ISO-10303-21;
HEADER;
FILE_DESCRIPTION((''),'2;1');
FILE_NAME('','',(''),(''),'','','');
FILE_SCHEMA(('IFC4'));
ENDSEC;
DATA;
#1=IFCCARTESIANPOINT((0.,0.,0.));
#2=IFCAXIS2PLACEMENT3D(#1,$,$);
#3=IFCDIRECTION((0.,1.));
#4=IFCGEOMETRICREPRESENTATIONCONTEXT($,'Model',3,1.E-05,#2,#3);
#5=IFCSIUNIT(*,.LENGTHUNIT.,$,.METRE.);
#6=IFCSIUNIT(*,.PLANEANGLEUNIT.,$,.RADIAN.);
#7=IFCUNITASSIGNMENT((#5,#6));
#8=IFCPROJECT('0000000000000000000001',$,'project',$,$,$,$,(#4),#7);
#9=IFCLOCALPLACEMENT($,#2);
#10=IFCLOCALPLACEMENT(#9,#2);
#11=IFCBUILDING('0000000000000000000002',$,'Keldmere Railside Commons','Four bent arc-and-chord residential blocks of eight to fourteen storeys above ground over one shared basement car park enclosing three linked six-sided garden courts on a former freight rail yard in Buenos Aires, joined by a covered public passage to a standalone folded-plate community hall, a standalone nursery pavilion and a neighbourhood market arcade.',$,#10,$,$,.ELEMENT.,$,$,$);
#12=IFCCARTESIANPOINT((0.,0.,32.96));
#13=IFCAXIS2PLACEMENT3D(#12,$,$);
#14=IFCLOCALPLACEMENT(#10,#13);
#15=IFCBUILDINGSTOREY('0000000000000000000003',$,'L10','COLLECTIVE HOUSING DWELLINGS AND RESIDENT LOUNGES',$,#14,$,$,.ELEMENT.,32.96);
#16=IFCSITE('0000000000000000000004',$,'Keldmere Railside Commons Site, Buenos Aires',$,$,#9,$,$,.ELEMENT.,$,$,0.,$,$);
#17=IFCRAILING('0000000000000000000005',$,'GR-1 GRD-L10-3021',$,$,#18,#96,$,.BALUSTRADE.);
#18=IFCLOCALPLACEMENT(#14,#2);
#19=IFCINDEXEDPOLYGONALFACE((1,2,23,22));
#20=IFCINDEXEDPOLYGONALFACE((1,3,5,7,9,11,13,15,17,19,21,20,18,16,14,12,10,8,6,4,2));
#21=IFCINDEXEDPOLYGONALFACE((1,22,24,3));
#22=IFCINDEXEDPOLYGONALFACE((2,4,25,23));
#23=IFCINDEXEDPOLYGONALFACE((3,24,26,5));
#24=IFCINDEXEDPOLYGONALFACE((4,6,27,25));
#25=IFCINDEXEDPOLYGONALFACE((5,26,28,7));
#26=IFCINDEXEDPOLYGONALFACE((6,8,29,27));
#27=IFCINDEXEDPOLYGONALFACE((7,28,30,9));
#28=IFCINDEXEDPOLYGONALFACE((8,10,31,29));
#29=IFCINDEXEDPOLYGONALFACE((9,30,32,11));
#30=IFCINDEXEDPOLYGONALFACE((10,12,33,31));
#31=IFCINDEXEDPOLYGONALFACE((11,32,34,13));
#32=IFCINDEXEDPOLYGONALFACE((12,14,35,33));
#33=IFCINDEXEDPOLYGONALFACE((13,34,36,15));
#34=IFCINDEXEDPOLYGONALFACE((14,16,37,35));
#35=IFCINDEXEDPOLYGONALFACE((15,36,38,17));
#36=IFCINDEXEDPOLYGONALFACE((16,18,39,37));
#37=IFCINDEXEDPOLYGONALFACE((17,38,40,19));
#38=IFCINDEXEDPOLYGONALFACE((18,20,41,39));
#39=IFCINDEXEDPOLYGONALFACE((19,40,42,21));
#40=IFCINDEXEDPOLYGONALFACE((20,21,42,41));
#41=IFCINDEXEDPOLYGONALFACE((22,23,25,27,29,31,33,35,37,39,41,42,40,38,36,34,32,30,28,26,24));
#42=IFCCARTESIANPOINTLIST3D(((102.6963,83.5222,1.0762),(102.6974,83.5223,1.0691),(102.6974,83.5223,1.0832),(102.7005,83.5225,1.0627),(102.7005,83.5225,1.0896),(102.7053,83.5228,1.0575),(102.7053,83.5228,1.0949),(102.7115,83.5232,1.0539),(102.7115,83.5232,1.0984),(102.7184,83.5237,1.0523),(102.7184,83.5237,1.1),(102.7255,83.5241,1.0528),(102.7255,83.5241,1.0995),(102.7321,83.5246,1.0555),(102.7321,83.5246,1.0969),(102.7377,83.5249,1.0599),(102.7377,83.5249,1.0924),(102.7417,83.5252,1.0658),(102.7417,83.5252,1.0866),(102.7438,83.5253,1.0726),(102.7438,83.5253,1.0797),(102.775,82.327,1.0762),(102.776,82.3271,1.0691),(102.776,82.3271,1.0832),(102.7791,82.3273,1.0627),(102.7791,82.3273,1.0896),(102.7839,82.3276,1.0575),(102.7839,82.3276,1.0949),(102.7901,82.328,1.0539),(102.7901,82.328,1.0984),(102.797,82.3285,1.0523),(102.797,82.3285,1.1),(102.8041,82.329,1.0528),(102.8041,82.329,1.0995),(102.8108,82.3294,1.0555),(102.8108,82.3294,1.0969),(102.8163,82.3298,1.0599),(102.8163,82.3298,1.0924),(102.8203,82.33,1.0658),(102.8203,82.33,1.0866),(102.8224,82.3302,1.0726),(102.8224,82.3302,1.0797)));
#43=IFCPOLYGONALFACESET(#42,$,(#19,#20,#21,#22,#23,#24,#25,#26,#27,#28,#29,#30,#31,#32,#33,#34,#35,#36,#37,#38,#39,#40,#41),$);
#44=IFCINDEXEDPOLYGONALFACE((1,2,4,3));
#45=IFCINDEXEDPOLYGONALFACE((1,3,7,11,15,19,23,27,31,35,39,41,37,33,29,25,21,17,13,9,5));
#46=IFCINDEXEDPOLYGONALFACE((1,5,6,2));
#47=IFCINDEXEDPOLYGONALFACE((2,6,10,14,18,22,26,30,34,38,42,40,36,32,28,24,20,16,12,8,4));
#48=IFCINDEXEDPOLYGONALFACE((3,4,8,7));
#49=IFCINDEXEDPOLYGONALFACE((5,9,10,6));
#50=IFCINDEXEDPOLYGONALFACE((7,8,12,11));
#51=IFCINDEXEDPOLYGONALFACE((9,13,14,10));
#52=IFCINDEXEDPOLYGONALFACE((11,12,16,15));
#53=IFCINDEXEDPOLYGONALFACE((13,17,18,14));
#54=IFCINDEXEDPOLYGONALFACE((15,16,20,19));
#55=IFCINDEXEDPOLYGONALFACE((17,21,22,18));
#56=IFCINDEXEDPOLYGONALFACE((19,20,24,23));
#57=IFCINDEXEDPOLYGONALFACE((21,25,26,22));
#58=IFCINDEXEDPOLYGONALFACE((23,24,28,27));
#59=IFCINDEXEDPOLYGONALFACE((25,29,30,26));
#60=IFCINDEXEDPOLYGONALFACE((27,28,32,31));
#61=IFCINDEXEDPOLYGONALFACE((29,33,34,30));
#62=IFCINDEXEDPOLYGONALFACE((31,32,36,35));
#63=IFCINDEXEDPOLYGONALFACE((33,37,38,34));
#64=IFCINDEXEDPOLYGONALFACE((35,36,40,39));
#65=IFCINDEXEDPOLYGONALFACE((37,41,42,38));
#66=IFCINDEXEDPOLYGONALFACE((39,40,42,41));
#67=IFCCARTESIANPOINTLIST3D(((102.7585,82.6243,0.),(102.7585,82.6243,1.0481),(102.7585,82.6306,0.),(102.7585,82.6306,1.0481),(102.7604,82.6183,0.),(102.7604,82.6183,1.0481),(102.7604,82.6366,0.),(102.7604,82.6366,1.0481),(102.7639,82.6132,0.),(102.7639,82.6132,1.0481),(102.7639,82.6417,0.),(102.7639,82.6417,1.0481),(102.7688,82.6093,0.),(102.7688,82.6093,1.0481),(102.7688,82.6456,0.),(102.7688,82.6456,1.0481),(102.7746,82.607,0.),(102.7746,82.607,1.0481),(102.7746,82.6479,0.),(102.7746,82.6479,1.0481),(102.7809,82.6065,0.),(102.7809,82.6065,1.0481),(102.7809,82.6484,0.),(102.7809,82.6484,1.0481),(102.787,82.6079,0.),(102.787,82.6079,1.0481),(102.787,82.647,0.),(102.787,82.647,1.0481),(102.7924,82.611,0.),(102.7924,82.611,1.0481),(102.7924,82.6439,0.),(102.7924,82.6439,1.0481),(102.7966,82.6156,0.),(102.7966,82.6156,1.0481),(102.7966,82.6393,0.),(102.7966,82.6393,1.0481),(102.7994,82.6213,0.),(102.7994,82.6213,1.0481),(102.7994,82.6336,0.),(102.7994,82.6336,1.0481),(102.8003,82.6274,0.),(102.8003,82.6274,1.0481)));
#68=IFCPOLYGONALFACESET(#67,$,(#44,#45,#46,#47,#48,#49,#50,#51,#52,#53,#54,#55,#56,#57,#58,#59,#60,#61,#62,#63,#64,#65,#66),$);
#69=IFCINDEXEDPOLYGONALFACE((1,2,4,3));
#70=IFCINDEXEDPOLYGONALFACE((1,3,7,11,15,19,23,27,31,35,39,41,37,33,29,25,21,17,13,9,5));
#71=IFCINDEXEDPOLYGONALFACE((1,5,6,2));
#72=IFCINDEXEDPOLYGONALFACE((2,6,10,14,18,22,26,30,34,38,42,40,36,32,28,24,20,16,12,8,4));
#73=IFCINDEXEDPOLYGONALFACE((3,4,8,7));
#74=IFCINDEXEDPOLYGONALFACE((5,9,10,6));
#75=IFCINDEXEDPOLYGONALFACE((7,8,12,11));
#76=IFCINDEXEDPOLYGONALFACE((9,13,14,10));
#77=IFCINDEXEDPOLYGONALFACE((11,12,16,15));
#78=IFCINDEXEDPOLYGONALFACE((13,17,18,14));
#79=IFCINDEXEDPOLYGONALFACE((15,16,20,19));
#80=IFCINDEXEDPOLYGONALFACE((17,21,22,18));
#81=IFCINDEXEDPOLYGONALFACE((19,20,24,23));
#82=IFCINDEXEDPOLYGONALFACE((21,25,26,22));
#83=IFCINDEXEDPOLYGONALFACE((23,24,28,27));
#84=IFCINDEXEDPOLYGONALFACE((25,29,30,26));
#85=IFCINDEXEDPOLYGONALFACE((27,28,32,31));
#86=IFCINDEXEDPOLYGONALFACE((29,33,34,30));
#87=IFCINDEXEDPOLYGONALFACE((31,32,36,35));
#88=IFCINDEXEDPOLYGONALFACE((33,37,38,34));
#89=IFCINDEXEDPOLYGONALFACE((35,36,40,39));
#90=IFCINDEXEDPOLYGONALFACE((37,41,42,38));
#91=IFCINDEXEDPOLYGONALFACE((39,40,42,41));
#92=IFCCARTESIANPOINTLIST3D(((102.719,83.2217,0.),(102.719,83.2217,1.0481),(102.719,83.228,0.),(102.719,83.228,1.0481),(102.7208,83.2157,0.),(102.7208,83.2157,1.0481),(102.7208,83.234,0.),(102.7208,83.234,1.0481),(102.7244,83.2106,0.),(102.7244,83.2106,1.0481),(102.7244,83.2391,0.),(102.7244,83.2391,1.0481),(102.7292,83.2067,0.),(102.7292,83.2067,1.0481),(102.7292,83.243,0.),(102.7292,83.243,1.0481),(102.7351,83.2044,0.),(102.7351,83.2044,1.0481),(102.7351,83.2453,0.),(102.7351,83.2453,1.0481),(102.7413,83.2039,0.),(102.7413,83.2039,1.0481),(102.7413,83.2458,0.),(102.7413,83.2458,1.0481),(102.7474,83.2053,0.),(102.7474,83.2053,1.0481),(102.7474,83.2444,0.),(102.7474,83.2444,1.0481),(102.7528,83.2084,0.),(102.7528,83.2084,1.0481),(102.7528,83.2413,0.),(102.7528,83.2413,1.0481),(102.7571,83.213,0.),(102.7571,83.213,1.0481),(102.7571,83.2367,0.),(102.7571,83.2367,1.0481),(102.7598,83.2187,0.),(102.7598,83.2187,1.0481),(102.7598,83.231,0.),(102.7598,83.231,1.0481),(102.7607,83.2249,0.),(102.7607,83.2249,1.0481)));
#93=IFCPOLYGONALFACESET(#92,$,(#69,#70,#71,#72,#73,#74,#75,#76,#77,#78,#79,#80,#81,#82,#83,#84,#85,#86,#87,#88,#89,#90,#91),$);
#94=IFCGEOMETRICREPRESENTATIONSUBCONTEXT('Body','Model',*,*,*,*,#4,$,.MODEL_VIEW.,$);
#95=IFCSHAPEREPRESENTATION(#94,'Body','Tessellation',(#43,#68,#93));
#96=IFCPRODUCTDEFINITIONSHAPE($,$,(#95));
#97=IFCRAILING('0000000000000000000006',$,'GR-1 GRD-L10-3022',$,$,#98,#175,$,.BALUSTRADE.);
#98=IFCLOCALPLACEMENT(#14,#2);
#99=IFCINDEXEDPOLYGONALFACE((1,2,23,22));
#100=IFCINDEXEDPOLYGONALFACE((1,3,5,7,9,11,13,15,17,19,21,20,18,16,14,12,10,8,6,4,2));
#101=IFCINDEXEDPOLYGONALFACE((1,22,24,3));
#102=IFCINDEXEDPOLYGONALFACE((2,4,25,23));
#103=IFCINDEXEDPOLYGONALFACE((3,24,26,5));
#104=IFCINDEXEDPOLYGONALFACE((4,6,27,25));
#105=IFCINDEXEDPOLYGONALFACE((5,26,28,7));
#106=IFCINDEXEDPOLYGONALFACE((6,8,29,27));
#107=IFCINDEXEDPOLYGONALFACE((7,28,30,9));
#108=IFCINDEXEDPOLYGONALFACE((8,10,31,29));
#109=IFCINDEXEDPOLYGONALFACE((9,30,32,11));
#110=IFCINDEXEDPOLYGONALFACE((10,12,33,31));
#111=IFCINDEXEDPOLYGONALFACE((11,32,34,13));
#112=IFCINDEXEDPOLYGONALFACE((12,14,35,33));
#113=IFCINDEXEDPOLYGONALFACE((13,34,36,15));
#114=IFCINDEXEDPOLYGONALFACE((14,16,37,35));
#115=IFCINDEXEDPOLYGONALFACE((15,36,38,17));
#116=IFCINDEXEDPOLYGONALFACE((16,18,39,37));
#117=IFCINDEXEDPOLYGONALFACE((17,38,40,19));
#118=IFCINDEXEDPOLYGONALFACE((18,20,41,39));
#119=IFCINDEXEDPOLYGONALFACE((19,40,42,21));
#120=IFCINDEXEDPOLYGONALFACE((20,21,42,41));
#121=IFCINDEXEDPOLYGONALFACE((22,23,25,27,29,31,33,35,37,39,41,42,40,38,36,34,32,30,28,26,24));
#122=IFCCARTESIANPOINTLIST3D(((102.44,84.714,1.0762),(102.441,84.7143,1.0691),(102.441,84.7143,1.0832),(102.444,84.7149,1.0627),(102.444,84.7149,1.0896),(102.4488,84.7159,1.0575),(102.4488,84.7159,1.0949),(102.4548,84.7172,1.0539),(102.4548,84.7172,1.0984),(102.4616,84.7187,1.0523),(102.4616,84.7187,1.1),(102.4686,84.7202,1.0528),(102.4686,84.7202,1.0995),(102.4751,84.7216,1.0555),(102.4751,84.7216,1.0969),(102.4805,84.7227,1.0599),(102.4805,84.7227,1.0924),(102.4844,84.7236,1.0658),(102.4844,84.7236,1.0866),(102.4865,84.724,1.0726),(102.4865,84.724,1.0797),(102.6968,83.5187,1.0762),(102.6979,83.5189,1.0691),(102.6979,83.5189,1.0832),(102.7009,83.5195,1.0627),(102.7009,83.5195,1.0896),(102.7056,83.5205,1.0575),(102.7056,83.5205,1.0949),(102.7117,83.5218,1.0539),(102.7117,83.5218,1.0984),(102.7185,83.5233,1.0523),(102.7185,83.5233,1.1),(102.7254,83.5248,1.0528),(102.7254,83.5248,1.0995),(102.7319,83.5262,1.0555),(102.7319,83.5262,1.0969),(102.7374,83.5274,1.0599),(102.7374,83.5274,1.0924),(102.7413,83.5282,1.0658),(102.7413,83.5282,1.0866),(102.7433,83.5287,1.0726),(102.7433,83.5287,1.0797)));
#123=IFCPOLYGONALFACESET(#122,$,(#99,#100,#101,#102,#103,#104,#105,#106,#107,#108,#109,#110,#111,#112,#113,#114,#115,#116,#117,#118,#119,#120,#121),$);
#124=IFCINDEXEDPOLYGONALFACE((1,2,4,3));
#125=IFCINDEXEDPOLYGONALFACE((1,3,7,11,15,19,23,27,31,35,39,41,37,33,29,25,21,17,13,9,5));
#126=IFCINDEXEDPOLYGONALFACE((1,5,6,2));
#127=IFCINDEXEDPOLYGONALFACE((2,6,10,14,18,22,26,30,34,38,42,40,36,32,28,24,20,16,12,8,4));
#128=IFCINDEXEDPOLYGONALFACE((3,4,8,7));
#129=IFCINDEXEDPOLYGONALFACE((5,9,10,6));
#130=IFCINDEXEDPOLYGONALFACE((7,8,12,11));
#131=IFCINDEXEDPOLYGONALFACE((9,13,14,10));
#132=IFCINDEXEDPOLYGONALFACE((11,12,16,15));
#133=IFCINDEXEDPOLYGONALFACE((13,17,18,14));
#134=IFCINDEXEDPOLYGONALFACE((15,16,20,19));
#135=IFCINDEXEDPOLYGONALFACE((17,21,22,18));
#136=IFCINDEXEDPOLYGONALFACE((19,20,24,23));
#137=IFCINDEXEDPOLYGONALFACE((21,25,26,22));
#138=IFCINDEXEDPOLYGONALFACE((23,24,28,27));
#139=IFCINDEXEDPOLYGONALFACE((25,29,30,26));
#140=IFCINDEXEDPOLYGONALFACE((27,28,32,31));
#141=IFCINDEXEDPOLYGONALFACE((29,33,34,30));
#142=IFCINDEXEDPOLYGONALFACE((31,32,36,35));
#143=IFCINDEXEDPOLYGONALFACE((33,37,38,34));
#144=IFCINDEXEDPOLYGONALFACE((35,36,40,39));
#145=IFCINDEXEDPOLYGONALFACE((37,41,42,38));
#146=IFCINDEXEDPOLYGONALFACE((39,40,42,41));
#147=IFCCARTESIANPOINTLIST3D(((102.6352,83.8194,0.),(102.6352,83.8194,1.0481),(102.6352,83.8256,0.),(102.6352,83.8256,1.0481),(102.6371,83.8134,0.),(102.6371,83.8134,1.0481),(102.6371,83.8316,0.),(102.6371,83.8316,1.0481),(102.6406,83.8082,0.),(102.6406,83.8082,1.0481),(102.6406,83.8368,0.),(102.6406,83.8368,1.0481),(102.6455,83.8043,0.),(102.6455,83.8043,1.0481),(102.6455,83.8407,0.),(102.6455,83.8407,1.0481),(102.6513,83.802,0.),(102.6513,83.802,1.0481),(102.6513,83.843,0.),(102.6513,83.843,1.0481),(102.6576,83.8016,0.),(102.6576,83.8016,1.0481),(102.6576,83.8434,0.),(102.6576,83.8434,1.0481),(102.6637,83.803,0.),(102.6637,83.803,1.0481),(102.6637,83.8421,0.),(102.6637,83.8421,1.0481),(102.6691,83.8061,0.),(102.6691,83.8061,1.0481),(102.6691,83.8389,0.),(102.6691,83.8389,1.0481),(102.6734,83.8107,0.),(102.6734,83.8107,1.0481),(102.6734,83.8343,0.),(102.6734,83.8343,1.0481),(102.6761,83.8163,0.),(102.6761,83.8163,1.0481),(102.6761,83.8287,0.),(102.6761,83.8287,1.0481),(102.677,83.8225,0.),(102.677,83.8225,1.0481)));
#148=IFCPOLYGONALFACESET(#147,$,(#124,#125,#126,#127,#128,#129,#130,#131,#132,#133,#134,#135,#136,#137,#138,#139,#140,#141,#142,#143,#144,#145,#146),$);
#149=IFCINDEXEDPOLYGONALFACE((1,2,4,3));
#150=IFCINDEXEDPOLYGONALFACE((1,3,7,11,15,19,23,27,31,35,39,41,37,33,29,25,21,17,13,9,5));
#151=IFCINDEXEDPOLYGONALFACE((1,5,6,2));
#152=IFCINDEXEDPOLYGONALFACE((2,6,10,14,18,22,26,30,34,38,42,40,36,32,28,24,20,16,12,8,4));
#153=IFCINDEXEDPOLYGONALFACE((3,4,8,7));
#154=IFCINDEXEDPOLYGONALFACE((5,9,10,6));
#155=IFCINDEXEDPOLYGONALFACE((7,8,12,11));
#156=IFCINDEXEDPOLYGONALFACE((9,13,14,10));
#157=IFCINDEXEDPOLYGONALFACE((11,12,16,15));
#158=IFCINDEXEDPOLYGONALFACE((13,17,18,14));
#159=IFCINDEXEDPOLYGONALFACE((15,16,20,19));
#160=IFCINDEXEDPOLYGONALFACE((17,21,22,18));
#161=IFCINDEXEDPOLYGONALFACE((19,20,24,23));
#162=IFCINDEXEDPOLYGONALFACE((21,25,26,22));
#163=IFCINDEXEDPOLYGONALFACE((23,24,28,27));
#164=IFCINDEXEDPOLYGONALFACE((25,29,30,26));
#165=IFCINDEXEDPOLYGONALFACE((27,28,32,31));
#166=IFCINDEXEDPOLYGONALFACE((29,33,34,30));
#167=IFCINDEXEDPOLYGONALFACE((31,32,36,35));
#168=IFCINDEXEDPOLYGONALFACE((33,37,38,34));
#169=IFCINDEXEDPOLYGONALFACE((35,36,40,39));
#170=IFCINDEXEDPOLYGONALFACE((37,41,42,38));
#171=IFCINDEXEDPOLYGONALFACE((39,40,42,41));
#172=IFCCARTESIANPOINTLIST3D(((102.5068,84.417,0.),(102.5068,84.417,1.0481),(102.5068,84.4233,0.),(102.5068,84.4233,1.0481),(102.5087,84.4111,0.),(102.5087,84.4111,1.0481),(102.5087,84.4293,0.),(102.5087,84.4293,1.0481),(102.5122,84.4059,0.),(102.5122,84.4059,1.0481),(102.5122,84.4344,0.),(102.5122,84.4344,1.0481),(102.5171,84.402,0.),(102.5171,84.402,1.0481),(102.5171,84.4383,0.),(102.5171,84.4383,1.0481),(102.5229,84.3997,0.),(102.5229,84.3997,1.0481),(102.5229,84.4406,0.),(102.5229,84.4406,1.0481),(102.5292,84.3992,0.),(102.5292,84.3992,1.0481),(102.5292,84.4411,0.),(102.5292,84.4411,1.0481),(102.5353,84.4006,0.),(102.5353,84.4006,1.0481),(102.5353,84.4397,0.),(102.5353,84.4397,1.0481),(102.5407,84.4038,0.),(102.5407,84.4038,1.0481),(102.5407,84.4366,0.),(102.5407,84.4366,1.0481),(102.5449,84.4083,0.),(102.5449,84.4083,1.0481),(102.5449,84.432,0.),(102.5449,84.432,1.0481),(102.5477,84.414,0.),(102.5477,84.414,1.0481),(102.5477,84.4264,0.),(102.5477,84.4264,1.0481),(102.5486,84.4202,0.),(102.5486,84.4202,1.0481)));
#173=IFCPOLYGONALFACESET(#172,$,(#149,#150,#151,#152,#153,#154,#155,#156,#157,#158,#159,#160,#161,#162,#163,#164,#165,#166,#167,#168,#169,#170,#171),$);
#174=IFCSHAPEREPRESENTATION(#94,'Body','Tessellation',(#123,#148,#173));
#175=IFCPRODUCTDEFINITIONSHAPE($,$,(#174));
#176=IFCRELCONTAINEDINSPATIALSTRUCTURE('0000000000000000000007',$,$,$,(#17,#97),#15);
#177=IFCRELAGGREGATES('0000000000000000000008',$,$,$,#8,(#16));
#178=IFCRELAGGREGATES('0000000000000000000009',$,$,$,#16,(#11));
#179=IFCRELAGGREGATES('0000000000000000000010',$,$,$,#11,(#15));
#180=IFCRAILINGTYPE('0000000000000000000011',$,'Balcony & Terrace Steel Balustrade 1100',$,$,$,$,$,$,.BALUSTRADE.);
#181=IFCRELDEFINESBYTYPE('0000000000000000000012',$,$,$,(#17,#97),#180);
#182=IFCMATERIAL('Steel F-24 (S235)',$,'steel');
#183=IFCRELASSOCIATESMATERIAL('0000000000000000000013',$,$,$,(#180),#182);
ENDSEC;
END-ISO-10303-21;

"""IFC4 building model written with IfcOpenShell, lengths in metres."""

from ifc_helpers import new_model, si_unit, direction, frame, origin, origin_2d, place, context, subcontext, project, spatial, circle, extrude, material, type_object, element, save


model = new_model("IFC4")

# Units and contexts
model_context = context("Model", 3, precision=1e-05, world=origin(), true_north=direction((0.0, 1.0)))
body_context = subcontext(model_context, "Body", "Model", "MODEL_VIEW")
ifc_project = project(units=[si_unit("LENGTHUNIT", "METRE"), si_unit("PLANEANGLEUNIT", "RADIAN")], contexts=[model_context])

# Site, building, storey
site_placement = place(None, origin())
site = spatial("IfcSite", under=ifc_project, at=site_placement, Name="Keldmere Railside Commons Site, Buenos Aires", CompositionType="ELEMENT", RefElevation=0.0)
building_placement = place(site_placement, origin())
building = spatial("IfcBuilding", under=site, at=building_placement, Name="Keldmere Railside Commons", Description="Four bent arc-and-chord residential blocks of eight to fourteen storeys above ground over one shared basement car park enclosing three linked six-sided garden courts on a former freight rail yard in Buenos Aires, joined by a covered public passage to a standalone folded-plate community hall, a standalone nursery pavilion and a neighbourhood market arcade.", CompositionType="ELEMENT")
storey_placement = place(building_placement, frame((0.0, 0.0, 32.96)))
storey = spatial("IfcBuildingStorey", under=building, at=storey_placement, Name="L10", Description="COLLECTIVE HOUSING DWELLINGS AND RESIDENT LOUNGES", CompositionType="ELEMENT", Elevation=32.96)

# Railings
ifc_material_1 = material(Name="Steel F-24 (S235)", Category="steel")
railing_type = type_object("IfcRailingType", Name="Balcony & Terrace Steel Balustrade 1100", PredefinedType="BALUSTRADE", material=ifc_material_1)
railing_1_placement = place(storey_placement, frame((102.7988, 82.3286, 0.0)))
element("IfcRailing", 1, at=railing_1_placement, inside=storey, type_object=railing_type, Name="GR-1 GRD-L10-3021", PredefinedType="BALUSTRADE", context=body_context, shape_type="SweptSolid", body=[
    extrude(circle(Radius=0.0239, at=origin_2d()), frame((0.0, 0.0, 1.0762), z_axis=(-0.06564, 0.997843, 0.0), x_axis=(-0.997843, -0.06564, 0.0)), (0.0, 0.0, 1.0), 1.1978),
    extrude(circle(Radius=0.021, at=origin_2d()), frame((-0.0195, 0.2988, 0.0)), (0.0, 0.0, 1.0), 1.0481),
    extrude(circle(Radius=0.021, at=origin_2d()), frame((-0.0591, 0.8962, 0.0)), (0.0, 0.0, 1.0), 1.0481),
])
railing_2_placement = place(storey_placement, frame((102.7202, 83.5237, 0.0)))
element("IfcRailing", 2, at=railing_2_placement, inside=storey, type_object=railing_type, Name="GR-1 GRD-L10-3022", PredefinedType="BALUSTRADE", context=body_context, shape_type="SweptSolid", body=[
    extrude(circle(Radius=0.0239, at=origin_2d()), frame((0.0, 0.0, 1.0762), z_axis=(-0.210075, 0.977685, 0.0), x_axis=(-0.977685, -0.210075, 0.0)), (0.0, 0.0, 1.0), 1.2227),
    extrude(circle(Radius=0.021, at=origin_2d()), frame((-0.0642, 0.2988, 0.0)), (0.0, 0.0, 1.0), 1.0481),
    extrude(circle(Radius=0.021, at=origin_2d()), frame((-0.1926, 0.8965, 0.0)), (0.0, 0.0, 1.0), 1.0481),
])

save(model, "model.ifc")
